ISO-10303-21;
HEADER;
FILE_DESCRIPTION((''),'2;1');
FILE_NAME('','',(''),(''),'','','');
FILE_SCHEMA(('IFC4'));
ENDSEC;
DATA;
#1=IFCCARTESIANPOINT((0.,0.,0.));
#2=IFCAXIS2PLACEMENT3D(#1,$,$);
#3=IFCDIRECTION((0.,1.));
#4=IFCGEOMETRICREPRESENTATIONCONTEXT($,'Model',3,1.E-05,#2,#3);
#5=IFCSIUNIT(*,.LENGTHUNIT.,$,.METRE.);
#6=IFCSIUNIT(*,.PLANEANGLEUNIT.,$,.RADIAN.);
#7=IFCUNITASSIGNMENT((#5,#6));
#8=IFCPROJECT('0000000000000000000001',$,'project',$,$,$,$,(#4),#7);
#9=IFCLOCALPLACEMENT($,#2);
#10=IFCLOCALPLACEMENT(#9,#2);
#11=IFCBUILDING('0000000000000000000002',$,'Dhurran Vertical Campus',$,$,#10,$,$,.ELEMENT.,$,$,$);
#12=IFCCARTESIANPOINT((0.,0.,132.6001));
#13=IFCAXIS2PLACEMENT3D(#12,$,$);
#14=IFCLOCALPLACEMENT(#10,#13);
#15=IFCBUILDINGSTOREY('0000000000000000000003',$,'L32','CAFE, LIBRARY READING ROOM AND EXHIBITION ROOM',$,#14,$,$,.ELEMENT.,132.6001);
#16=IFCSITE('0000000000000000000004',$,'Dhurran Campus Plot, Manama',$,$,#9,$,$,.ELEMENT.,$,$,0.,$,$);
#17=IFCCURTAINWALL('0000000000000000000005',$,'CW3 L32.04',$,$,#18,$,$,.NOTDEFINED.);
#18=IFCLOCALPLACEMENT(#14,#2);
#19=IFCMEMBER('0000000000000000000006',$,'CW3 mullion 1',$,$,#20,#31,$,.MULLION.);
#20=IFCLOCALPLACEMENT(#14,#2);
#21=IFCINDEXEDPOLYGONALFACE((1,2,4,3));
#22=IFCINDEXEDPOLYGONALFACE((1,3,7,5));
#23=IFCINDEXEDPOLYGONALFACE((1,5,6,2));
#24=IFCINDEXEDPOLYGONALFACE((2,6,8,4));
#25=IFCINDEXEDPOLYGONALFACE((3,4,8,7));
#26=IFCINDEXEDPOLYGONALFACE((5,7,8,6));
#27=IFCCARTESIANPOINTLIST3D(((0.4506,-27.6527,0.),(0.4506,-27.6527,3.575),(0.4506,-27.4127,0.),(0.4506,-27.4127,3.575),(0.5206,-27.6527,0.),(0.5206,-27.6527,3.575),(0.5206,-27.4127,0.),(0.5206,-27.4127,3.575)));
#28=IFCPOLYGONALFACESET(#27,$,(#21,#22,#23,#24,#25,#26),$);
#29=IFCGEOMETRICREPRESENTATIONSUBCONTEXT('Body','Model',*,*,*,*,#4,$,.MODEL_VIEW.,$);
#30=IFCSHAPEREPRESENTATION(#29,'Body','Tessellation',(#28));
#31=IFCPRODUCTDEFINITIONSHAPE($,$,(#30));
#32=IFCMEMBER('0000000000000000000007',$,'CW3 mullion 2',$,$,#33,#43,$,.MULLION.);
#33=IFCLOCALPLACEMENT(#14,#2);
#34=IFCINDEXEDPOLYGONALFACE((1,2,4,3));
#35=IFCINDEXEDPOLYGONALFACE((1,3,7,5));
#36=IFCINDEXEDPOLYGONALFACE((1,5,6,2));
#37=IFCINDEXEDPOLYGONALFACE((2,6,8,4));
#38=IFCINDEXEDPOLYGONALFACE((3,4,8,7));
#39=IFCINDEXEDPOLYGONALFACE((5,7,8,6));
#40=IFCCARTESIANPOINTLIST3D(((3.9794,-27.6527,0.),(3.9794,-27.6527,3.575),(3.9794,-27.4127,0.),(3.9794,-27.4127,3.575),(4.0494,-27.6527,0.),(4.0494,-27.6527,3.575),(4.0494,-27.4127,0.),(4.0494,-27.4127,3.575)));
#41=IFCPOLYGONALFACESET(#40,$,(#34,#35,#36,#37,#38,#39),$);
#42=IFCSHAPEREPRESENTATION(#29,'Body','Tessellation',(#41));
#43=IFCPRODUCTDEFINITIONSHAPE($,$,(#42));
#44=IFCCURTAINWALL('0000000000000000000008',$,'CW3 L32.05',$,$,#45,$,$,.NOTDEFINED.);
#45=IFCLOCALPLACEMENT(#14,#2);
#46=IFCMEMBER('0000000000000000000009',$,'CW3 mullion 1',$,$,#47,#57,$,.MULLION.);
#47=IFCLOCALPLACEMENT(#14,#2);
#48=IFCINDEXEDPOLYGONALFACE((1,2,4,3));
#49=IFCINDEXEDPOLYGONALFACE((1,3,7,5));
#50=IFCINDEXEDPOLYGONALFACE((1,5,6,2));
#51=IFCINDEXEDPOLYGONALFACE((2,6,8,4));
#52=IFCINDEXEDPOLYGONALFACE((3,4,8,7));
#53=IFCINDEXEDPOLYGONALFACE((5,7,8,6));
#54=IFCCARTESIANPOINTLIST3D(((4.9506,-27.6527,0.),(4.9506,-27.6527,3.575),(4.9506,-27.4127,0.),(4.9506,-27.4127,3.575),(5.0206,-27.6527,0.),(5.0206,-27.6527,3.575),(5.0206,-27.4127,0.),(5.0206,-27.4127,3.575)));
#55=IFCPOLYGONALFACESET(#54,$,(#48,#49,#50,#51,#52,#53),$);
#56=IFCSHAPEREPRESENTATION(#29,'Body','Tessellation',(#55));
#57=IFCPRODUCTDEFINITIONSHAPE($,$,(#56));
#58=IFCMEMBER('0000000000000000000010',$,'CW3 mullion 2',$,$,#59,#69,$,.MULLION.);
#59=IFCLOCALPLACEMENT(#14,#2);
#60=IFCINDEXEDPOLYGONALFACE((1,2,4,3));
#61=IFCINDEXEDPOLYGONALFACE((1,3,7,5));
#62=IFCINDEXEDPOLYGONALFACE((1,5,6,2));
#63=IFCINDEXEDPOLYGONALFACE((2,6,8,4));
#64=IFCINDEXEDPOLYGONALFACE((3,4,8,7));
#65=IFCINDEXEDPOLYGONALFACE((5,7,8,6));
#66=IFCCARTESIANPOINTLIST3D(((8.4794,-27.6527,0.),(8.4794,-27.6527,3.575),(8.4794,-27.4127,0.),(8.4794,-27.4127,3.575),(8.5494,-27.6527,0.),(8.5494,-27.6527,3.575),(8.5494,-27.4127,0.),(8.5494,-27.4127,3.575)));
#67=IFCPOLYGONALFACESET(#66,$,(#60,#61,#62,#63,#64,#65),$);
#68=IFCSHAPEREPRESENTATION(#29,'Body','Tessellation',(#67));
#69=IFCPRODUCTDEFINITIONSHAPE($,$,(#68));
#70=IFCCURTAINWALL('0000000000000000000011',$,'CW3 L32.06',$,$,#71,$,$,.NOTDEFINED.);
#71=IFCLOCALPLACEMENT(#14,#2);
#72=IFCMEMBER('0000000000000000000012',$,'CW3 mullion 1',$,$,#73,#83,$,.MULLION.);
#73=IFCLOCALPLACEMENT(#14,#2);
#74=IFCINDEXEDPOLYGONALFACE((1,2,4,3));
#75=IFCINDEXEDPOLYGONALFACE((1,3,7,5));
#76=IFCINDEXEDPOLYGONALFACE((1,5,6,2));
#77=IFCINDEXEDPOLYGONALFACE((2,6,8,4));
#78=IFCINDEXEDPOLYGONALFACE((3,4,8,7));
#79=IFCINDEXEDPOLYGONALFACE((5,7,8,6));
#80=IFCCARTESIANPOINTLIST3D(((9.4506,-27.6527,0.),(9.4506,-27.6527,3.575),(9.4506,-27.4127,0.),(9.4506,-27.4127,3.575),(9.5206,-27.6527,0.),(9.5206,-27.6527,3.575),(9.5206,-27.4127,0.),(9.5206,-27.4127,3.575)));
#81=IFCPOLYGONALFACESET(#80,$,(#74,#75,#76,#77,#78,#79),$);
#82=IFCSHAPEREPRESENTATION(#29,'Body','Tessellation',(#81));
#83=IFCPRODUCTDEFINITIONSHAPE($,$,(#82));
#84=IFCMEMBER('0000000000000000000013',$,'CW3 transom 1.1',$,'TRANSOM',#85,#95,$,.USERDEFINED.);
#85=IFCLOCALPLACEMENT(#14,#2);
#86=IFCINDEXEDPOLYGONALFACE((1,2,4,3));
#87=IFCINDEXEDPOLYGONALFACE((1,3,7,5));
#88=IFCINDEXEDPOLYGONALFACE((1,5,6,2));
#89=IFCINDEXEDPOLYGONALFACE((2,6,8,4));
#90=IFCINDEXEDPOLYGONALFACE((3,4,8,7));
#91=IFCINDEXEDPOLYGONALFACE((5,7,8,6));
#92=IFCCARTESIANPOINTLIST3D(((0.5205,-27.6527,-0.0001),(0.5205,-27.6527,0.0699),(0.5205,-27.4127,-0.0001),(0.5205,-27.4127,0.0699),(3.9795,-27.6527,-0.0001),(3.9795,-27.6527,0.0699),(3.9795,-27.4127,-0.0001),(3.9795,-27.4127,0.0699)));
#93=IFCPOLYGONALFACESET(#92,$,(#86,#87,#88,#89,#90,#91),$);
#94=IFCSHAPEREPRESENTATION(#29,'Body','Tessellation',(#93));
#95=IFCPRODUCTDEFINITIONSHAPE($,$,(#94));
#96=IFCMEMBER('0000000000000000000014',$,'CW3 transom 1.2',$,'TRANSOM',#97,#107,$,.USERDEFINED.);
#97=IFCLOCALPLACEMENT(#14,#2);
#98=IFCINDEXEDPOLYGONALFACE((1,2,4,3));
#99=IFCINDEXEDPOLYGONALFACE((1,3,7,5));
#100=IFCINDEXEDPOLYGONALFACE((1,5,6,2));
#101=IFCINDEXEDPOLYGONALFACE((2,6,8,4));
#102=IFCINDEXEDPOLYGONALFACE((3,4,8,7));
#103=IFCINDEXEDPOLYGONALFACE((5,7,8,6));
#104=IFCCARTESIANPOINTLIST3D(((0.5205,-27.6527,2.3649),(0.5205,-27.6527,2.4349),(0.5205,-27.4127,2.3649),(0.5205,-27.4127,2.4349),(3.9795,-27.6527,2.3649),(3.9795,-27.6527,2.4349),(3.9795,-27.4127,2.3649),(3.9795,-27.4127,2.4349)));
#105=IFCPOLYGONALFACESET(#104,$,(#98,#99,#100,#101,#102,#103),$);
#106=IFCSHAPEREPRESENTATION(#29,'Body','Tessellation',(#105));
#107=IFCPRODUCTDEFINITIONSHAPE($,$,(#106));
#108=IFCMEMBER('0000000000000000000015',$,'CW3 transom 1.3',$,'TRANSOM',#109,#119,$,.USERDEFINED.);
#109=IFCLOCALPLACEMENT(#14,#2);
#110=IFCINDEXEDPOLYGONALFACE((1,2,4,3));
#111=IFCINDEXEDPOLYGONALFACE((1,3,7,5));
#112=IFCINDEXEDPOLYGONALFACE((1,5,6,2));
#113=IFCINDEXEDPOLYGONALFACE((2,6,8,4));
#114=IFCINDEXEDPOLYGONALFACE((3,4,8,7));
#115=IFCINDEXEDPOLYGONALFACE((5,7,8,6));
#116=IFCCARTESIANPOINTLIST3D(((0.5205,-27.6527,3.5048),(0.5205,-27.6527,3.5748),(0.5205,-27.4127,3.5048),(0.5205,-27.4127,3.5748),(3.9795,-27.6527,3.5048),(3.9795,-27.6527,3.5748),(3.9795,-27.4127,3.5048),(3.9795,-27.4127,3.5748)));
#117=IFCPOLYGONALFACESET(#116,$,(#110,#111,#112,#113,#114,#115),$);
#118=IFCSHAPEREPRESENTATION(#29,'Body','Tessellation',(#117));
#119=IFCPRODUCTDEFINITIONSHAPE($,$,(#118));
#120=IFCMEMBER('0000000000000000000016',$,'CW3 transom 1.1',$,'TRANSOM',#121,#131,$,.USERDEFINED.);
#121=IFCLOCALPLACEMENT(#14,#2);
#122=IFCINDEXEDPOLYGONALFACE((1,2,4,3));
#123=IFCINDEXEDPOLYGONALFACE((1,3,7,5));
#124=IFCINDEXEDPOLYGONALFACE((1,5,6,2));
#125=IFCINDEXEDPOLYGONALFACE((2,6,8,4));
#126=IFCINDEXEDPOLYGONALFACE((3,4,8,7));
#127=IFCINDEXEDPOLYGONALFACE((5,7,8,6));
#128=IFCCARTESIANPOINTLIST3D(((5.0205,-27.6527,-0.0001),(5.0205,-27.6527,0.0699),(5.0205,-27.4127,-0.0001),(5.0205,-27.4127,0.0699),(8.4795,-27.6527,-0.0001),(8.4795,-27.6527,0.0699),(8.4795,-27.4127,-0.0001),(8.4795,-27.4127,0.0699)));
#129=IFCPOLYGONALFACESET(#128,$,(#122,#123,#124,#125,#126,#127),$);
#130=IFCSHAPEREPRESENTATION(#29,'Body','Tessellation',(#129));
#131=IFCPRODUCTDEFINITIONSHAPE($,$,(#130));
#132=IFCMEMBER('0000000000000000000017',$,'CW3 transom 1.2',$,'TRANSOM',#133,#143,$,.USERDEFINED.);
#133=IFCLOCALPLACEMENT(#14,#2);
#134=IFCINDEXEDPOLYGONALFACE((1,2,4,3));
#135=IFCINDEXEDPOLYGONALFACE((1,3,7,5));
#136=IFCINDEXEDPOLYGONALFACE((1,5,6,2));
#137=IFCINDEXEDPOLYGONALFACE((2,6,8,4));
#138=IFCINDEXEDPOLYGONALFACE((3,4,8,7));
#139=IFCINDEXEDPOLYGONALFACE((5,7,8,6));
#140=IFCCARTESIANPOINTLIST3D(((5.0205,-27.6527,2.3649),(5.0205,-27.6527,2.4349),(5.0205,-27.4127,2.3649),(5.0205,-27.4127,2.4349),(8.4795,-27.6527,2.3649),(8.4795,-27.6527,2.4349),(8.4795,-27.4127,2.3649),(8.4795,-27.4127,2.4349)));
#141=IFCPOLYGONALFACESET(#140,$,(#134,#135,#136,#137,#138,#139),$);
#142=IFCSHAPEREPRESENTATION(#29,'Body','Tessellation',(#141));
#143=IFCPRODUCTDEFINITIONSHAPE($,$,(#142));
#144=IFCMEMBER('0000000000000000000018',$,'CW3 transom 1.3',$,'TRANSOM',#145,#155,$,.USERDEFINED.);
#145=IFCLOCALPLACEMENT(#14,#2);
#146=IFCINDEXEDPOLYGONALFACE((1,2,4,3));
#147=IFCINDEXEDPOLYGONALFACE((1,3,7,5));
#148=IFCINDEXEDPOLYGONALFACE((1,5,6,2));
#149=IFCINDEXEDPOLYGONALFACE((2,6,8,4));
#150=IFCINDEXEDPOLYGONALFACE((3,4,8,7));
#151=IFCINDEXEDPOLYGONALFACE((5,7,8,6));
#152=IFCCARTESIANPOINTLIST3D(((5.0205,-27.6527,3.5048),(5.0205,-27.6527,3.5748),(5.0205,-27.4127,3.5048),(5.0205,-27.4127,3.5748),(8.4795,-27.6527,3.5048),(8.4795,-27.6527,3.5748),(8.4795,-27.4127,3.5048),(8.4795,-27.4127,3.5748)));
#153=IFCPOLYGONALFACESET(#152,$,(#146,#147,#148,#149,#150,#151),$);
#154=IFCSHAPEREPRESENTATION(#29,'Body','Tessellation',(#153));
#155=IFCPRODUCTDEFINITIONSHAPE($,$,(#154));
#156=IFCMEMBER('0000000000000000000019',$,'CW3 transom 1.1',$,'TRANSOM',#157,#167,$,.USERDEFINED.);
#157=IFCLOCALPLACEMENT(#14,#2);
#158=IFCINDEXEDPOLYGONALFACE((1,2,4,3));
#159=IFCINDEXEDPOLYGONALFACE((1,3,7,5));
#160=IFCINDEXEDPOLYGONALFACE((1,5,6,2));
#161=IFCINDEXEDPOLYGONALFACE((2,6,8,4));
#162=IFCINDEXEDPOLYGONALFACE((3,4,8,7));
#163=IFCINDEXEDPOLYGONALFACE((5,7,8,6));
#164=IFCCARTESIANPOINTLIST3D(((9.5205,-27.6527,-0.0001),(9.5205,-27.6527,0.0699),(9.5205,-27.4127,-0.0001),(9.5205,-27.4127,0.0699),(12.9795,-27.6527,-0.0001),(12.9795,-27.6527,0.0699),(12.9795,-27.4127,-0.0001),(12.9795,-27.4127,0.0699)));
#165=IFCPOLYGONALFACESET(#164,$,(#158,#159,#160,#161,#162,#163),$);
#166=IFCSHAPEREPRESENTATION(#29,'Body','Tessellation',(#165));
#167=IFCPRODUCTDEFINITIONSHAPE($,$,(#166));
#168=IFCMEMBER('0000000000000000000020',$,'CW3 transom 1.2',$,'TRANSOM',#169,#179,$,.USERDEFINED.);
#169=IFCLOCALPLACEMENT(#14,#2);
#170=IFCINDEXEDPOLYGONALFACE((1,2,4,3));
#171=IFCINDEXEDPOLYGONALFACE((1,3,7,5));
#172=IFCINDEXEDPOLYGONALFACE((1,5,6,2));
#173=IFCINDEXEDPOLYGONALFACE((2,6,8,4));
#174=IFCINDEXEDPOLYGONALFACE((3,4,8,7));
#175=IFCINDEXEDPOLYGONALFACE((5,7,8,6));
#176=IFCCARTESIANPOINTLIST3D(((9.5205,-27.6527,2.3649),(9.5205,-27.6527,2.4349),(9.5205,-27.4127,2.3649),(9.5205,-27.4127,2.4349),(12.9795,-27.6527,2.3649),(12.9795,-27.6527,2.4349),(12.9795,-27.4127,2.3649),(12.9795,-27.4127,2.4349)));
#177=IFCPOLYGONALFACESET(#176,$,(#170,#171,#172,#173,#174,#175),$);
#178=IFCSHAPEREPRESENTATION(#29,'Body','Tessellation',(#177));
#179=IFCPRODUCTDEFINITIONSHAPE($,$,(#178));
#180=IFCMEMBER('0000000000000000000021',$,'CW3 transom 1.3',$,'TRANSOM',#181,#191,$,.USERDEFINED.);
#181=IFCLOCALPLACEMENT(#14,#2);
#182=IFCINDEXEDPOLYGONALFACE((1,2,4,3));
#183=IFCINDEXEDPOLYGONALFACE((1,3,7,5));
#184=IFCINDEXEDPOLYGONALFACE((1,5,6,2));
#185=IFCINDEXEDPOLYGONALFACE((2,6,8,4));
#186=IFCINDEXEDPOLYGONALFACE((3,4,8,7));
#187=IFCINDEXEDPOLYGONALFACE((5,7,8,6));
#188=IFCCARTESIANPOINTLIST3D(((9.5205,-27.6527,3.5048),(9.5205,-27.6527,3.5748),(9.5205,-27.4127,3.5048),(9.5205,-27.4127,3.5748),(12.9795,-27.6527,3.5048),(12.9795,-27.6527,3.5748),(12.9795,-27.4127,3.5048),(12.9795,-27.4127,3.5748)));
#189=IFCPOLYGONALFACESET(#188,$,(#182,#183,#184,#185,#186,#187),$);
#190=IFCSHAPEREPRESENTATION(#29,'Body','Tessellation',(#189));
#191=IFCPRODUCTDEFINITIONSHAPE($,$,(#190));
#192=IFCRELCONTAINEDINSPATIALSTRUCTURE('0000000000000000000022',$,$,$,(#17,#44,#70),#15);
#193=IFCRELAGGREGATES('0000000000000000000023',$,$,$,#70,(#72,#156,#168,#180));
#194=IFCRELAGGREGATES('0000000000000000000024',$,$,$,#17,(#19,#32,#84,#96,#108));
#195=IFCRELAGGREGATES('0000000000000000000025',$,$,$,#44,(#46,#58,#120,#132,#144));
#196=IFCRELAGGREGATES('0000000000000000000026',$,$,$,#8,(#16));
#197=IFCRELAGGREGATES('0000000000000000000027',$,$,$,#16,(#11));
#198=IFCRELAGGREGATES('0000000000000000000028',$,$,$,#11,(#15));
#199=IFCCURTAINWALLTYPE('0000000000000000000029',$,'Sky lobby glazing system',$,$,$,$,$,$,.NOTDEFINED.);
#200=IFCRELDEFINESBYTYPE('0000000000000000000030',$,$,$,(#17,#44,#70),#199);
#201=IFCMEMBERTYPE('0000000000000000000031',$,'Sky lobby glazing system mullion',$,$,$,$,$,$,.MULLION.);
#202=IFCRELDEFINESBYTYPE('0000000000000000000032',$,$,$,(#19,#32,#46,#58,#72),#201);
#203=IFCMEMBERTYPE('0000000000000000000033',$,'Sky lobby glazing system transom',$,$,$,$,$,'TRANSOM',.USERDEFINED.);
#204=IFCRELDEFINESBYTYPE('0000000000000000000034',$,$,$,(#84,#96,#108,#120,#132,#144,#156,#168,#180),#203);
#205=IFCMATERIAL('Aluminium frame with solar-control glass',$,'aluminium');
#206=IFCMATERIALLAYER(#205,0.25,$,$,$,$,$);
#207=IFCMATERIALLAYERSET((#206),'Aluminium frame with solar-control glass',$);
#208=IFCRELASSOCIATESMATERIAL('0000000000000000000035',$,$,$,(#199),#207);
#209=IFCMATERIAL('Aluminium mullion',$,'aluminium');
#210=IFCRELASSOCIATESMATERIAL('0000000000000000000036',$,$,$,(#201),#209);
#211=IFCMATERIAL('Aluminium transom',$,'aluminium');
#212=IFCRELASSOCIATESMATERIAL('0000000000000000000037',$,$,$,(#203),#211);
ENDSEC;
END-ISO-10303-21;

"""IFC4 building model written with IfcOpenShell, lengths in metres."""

from ifc_helpers import new_model, si_unit, direction, frame, origin, origin_2d, place, context, subcontext, project, spatial, rectangle, extrude, material, layer, layer_set, material_profile, profile_set, type_object, element, aggregate, save


model = new_model("IFC4")

# Units and contexts
model_context = context("Model", 3, precision=1e-05, world=origin(), true_north=direction((0.0, 1.0)))
body_context = subcontext(model_context, "Body", "Model", "MODEL_VIEW")
ifc_project = project(units=[si_unit("LENGTHUNIT", "METRE"), si_unit("PLANEANGLEUNIT", "RADIAN")], contexts=[model_context])

# Site, building, storey
site_placement = place(None, origin())
site = spatial("IfcSite", under=ifc_project, at=site_placement, Name="Dhurran Campus Plot, Manama", CompositionType="ELEMENT", RefElevation=0.0)
building_placement = place(site_placement, origin())
building = spatial("IfcBuilding", under=site, at=building_placement, Name="Dhurran Vertical Campus", CompositionType="ELEMENT")
storey_placement = place(building_placement, frame((0.0, 0.0, 132.6001)))
storey = spatial("IfcBuildingStorey", under=building, at=storey_placement, Name="L32", Description="CAFE, LIBRARY READING ROOM AND EXHIBITION ROOM", CompositionType="ELEMENT", Elevation=132.6001)

# Curtain walls, members
ifc_material_1 = material(Name="Aluminium frame with solar-control glass", Category="aluminium")
ifc_layer_1 = layer(ifc_material_1, 0.25)
ifc_layer_set_1 = layer_set([ifc_layer_1], Name="Aluminium frame with solar-control glass")
curtain_wall_type = type_object("IfcCurtainWallType", Name="Sky lobby glazing system", PredefinedType="NOTDEFINED", material=ifc_layer_set_1)
curtain_wall_1_placement = place(storey_placement, origin())
curtain_wall_1 = element("IfcCurtainWall", 1, at=curtain_wall_1_placement, inside=storey, type_object=curtain_wall_type, Name="CW3 L32.04", PredefinedType="NOTDEFINED")
ifc_material_2 = material(Name="Aluminium mullion", Category="aluminium")
ifc_material_profile_1 = material_profile(ifc_material_2, rectangle(XDim=0.24, YDim=0.0701, at=origin_2d()), Name="Sky lobby glazing system mullion")
ifc_profile_set_1 = profile_set([ifc_material_profile_1], Name="Aluminium mullion")
member_type_1 = type_object("IfcMemberType", Name="Sky lobby glazing system mullion", PredefinedType="MULLION", material=ifc_profile_set_1)
member_1_placement = place(storey_placement, frame((0.4856, -27.5327, 0.0), z_axis=(0.0, 0.0, 1.0), x_axis=(0.0, 1.0, 0.0)))
member_1 = element("IfcMember", 2, at=member_1_placement, type_object=member_type_1, Name="CW3 mullion 1", PredefinedType="MULLION", context=body_context, shape_type="SweptSolid", body=[
    extrude(rectangle(XDim=0.24, YDim=0.0701, at=origin_2d()), origin(), (0.0, 0.0, 1.0), 3.575),
])
member_2_placement = place(storey_placement, frame((4.0144, -27.5327, 0.0), z_axis=(0.0, 0.0, 1.0), x_axis=(0.0, 1.0, 0.0)))
member_2 = element("IfcMember", 3, at=member_2_placement, type_object=member_type_1, Name="CW3 mullion 2", PredefinedType="MULLION", context=body_context, shape_type="SweptSolid", body=[
    extrude(rectangle(XDim=0.24, YDim=0.0701, at=origin_2d()), origin(), (0.0, 0.0, 1.0), 3.575),
])
curtain_wall_2_placement = place(storey_placement, origin())
curtain_wall_2 = element("IfcCurtainWall", 4, at=curtain_wall_2_placement, inside=storey, type_object=curtain_wall_type, Name="CW3 L32.05", PredefinedType="NOTDEFINED")
member_3_placement = place(storey_placement, frame((4.9856, -27.5327, 0.0), z_axis=(0.0, 0.0, 1.0), x_axis=(0.0, 1.0, 0.0)))
member_3 = element("IfcMember", 5, at=member_3_placement, type_object=member_type_1, Name="CW3 mullion 1", PredefinedType="MULLION", context=body_context, shape_type="SweptSolid", body=[
    extrude(rectangle(XDim=0.24, YDim=0.0701, at=origin_2d()), origin(), (0.0, 0.0, 1.0), 3.575),
])
member_4_placement = place(storey_placement, frame((8.5144, -27.5327, 0.0), z_axis=(0.0, 0.0, 1.0), x_axis=(0.0, 1.0, 0.0)))
member_4 = element("IfcMember", 6, at=member_4_placement, type_object=member_type_1, Name="CW3 mullion 2", PredefinedType="MULLION", context=body_context, shape_type="SweptSolid", body=[
    extrude(rectangle(XDim=0.24, YDim=0.0701, at=origin_2d()), origin(), (0.0, 0.0, 1.0), 3.575),
])

# Curtain wall, member
curtain_wall_3_placement = place(storey_placement, origin())
curtain_wall_3 = element("IfcCurtainWall", 7, at=curtain_wall_3_placement, inside=storey, type_object=curtain_wall_type, Name="CW3 L32.06", PredefinedType="NOTDEFINED")
member_5_placement = place(storey_placement, frame((9.4856, -27.5327, 0.0), z_axis=(0.0, 0.0, 1.0), x_axis=(0.0, 1.0, 0.0)))
member_5 = element("IfcMember", 8, at=member_5_placement, type_object=member_type_1, Name="CW3 mullion 1", PredefinedType="MULLION", context=body_context, shape_type="SweptSolid", body=[
    extrude(rectangle(XDim=0.24, YDim=0.0701, at=origin_2d()), origin(), (0.0, 0.0, 1.0), 3.575),
])

# Members
ifc_material_3 = material(Name="Aluminium transom", Category="aluminium")
ifc_material_profile_2 = material_profile(ifc_material_3, rectangle(XDim=0.24, YDim=0.0701, at=origin_2d()), Name="Sky lobby glazing system transom")
ifc_profile_set_2 = profile_set([ifc_material_profile_2], Name="Aluminium transom")
member_type_2 = type_object("IfcMemberType", Name="Sky lobby glazing system transom", ElementType="TRANSOM", PredefinedType="USERDEFINED", material=ifc_profile_set_2)
member_6_placement = place(storey_placement, frame((0.5205, -27.5327, 0.0349), z_axis=(1.0, 0.0, 0.0), x_axis=(0.0, 1.0, 0.0)))
member_6 = element("IfcMember", 9, at=member_6_placement, type_object=member_type_2, Name="CW3 transom 1.1", ObjectType="TRANSOM", PredefinedType="USERDEFINED", context=body_context, shape_type="SweptSolid", body=[
    extrude(rectangle(XDim=0.24, YDim=0.0701, at=origin_2d()), origin(), (0.0, 0.0, 1.0), 3.459),
])
member_7_placement = place(storey_placement, frame((0.5205, -27.5327, 2.3999), z_axis=(1.0, 0.0, 0.0), x_axis=(0.0, 1.0, 0.0)))
member_7 = element("IfcMember", 10, at=member_7_placement, type_object=member_type_2, Name="CW3 transom 1.2", ObjectType="TRANSOM", PredefinedType="USERDEFINED", context=body_context, shape_type="SweptSolid", body=[
    extrude(rectangle(XDim=0.24, YDim=0.0701, at=origin_2d()), origin(), (0.0, 0.0, 1.0), 3.459),
])
member_8_placement = place(storey_placement, frame((0.5205, -27.5327, 3.5398), z_axis=(1.0, 0.0, 0.0), x_axis=(0.0, 1.0, 0.0)))
member_8 = element("IfcMember", 11, at=member_8_placement, type_object=member_type_2, Name="CW3 transom 1.3", ObjectType="TRANSOM", PredefinedType="USERDEFINED", context=body_context, shape_type="SweptSolid", body=[
    extrude(rectangle(XDim=0.24, YDim=0.0701, at=origin_2d()), origin(), (0.0, 0.0, 1.0), 3.459),
])
member_9_placement = place(storey_placement, frame((5.0205, -27.5327, 0.0349), z_axis=(1.0, 0.0, 0.0), x_axis=(0.0, 1.0, 0.0)))
member_9 = element("IfcMember", 12, at=member_9_placement, type_object=member_type_2, Name="CW3 transom 1.1", ObjectType="TRANSOM", PredefinedType="USERDEFINED", context=body_context, shape_type="SweptSolid", body=[
    extrude(rectangle(XDim=0.24, YDim=0.0701, at=origin_2d()), origin(), (0.0, 0.0, 1.0), 3.459),
])
member_10_placement = place(storey_placement, frame((5.0205, -27.5327, 2.3999), z_axis=(1.0, 0.0, 0.0), x_axis=(0.0, 1.0, 0.0)))
member_10 = element("IfcMember", 13, at=member_10_placement, type_object=member_type_2, Name="CW3 transom 1.2", ObjectType="TRANSOM", PredefinedType="USERDEFINED", context=body_context, shape_type="SweptSolid", body=[
    extrude(rectangle(XDim=0.24, YDim=0.0701, at=origin_2d()), origin(), (0.0, 0.0, 1.0), 3.459),
])
member_11_placement = place(storey_placement, frame((5.0205, -27.5327, 3.5398), z_axis=(1.0, 0.0, 0.0), x_axis=(0.0, 1.0, 0.0)))
member_11 = element("IfcMember", 14, at=member_11_placement, type_object=member_type_2, Name="CW3 transom 1.3", ObjectType="TRANSOM", PredefinedType="USERDEFINED", context=body_context, shape_type="SweptSolid", body=[
    extrude(rectangle(XDim=0.24, YDim=0.0701, at=origin_2d()), origin(), (0.0, 0.0, 1.0), 3.459),
])
member_12_placement = place(storey_placement, frame((9.5205, -27.5327, 0.0349), z_axis=(1.0, 0.0, 0.0), x_axis=(0.0, 1.0, 0.0)))
member_12 = element("IfcMember", 15, at=member_12_placement, type_object=member_type_2, Name="CW3 transom 1.1", ObjectType="TRANSOM", PredefinedType="USERDEFINED", context=body_context, shape_type="SweptSolid", body=[
    extrude(rectangle(XDim=0.24, YDim=0.0701, at=origin_2d()), origin(), (0.0, 0.0, 1.0), 3.459),
])
member_13_placement = place(storey_placement, frame((9.5205, -27.5327, 2.3999), z_axis=(1.0, 0.0, 0.0), x_axis=(0.0, 1.0, 0.0)))
member_13 = element("IfcMember", 16, at=member_13_placement, type_object=member_type_2, Name="CW3 transom 1.2", ObjectType="TRANSOM", PredefinedType="USERDEFINED", context=body_context, shape_type="SweptSolid", body=[
    extrude(rectangle(XDim=0.24, YDim=0.0701, at=origin_2d()), origin(), (0.0, 0.0, 1.0), 3.459),
])
member_14_placement = place(storey_placement, frame((9.5205, -27.5327, 3.5398), z_axis=(1.0, 0.0, 0.0), x_axis=(0.0, 1.0, 0.0)))
member_14 = element("IfcMember", 17, at=member_14_placement, type_object=member_type_2, Name="CW3 transom 1.3", ObjectType="TRANSOM", PredefinedType="USERDEFINED", context=body_context, shape_type="SweptSolid", body=[
    extrude(rectangle(XDim=0.24, YDim=0.0701, at=origin_2d()), origin(), (0.0, 0.0, 1.0), 3.459),
])
aggregate(curtain_wall_3, [member_5, member_12, member_13, member_14])

aggregate(curtain_wall_1, [member_1, member_2, member_6, member_7, member_8])
aggregate(curtain_wall_2, [member_3, member_4, member_9, member_10, member_11])

save(model, "model.ifc")
